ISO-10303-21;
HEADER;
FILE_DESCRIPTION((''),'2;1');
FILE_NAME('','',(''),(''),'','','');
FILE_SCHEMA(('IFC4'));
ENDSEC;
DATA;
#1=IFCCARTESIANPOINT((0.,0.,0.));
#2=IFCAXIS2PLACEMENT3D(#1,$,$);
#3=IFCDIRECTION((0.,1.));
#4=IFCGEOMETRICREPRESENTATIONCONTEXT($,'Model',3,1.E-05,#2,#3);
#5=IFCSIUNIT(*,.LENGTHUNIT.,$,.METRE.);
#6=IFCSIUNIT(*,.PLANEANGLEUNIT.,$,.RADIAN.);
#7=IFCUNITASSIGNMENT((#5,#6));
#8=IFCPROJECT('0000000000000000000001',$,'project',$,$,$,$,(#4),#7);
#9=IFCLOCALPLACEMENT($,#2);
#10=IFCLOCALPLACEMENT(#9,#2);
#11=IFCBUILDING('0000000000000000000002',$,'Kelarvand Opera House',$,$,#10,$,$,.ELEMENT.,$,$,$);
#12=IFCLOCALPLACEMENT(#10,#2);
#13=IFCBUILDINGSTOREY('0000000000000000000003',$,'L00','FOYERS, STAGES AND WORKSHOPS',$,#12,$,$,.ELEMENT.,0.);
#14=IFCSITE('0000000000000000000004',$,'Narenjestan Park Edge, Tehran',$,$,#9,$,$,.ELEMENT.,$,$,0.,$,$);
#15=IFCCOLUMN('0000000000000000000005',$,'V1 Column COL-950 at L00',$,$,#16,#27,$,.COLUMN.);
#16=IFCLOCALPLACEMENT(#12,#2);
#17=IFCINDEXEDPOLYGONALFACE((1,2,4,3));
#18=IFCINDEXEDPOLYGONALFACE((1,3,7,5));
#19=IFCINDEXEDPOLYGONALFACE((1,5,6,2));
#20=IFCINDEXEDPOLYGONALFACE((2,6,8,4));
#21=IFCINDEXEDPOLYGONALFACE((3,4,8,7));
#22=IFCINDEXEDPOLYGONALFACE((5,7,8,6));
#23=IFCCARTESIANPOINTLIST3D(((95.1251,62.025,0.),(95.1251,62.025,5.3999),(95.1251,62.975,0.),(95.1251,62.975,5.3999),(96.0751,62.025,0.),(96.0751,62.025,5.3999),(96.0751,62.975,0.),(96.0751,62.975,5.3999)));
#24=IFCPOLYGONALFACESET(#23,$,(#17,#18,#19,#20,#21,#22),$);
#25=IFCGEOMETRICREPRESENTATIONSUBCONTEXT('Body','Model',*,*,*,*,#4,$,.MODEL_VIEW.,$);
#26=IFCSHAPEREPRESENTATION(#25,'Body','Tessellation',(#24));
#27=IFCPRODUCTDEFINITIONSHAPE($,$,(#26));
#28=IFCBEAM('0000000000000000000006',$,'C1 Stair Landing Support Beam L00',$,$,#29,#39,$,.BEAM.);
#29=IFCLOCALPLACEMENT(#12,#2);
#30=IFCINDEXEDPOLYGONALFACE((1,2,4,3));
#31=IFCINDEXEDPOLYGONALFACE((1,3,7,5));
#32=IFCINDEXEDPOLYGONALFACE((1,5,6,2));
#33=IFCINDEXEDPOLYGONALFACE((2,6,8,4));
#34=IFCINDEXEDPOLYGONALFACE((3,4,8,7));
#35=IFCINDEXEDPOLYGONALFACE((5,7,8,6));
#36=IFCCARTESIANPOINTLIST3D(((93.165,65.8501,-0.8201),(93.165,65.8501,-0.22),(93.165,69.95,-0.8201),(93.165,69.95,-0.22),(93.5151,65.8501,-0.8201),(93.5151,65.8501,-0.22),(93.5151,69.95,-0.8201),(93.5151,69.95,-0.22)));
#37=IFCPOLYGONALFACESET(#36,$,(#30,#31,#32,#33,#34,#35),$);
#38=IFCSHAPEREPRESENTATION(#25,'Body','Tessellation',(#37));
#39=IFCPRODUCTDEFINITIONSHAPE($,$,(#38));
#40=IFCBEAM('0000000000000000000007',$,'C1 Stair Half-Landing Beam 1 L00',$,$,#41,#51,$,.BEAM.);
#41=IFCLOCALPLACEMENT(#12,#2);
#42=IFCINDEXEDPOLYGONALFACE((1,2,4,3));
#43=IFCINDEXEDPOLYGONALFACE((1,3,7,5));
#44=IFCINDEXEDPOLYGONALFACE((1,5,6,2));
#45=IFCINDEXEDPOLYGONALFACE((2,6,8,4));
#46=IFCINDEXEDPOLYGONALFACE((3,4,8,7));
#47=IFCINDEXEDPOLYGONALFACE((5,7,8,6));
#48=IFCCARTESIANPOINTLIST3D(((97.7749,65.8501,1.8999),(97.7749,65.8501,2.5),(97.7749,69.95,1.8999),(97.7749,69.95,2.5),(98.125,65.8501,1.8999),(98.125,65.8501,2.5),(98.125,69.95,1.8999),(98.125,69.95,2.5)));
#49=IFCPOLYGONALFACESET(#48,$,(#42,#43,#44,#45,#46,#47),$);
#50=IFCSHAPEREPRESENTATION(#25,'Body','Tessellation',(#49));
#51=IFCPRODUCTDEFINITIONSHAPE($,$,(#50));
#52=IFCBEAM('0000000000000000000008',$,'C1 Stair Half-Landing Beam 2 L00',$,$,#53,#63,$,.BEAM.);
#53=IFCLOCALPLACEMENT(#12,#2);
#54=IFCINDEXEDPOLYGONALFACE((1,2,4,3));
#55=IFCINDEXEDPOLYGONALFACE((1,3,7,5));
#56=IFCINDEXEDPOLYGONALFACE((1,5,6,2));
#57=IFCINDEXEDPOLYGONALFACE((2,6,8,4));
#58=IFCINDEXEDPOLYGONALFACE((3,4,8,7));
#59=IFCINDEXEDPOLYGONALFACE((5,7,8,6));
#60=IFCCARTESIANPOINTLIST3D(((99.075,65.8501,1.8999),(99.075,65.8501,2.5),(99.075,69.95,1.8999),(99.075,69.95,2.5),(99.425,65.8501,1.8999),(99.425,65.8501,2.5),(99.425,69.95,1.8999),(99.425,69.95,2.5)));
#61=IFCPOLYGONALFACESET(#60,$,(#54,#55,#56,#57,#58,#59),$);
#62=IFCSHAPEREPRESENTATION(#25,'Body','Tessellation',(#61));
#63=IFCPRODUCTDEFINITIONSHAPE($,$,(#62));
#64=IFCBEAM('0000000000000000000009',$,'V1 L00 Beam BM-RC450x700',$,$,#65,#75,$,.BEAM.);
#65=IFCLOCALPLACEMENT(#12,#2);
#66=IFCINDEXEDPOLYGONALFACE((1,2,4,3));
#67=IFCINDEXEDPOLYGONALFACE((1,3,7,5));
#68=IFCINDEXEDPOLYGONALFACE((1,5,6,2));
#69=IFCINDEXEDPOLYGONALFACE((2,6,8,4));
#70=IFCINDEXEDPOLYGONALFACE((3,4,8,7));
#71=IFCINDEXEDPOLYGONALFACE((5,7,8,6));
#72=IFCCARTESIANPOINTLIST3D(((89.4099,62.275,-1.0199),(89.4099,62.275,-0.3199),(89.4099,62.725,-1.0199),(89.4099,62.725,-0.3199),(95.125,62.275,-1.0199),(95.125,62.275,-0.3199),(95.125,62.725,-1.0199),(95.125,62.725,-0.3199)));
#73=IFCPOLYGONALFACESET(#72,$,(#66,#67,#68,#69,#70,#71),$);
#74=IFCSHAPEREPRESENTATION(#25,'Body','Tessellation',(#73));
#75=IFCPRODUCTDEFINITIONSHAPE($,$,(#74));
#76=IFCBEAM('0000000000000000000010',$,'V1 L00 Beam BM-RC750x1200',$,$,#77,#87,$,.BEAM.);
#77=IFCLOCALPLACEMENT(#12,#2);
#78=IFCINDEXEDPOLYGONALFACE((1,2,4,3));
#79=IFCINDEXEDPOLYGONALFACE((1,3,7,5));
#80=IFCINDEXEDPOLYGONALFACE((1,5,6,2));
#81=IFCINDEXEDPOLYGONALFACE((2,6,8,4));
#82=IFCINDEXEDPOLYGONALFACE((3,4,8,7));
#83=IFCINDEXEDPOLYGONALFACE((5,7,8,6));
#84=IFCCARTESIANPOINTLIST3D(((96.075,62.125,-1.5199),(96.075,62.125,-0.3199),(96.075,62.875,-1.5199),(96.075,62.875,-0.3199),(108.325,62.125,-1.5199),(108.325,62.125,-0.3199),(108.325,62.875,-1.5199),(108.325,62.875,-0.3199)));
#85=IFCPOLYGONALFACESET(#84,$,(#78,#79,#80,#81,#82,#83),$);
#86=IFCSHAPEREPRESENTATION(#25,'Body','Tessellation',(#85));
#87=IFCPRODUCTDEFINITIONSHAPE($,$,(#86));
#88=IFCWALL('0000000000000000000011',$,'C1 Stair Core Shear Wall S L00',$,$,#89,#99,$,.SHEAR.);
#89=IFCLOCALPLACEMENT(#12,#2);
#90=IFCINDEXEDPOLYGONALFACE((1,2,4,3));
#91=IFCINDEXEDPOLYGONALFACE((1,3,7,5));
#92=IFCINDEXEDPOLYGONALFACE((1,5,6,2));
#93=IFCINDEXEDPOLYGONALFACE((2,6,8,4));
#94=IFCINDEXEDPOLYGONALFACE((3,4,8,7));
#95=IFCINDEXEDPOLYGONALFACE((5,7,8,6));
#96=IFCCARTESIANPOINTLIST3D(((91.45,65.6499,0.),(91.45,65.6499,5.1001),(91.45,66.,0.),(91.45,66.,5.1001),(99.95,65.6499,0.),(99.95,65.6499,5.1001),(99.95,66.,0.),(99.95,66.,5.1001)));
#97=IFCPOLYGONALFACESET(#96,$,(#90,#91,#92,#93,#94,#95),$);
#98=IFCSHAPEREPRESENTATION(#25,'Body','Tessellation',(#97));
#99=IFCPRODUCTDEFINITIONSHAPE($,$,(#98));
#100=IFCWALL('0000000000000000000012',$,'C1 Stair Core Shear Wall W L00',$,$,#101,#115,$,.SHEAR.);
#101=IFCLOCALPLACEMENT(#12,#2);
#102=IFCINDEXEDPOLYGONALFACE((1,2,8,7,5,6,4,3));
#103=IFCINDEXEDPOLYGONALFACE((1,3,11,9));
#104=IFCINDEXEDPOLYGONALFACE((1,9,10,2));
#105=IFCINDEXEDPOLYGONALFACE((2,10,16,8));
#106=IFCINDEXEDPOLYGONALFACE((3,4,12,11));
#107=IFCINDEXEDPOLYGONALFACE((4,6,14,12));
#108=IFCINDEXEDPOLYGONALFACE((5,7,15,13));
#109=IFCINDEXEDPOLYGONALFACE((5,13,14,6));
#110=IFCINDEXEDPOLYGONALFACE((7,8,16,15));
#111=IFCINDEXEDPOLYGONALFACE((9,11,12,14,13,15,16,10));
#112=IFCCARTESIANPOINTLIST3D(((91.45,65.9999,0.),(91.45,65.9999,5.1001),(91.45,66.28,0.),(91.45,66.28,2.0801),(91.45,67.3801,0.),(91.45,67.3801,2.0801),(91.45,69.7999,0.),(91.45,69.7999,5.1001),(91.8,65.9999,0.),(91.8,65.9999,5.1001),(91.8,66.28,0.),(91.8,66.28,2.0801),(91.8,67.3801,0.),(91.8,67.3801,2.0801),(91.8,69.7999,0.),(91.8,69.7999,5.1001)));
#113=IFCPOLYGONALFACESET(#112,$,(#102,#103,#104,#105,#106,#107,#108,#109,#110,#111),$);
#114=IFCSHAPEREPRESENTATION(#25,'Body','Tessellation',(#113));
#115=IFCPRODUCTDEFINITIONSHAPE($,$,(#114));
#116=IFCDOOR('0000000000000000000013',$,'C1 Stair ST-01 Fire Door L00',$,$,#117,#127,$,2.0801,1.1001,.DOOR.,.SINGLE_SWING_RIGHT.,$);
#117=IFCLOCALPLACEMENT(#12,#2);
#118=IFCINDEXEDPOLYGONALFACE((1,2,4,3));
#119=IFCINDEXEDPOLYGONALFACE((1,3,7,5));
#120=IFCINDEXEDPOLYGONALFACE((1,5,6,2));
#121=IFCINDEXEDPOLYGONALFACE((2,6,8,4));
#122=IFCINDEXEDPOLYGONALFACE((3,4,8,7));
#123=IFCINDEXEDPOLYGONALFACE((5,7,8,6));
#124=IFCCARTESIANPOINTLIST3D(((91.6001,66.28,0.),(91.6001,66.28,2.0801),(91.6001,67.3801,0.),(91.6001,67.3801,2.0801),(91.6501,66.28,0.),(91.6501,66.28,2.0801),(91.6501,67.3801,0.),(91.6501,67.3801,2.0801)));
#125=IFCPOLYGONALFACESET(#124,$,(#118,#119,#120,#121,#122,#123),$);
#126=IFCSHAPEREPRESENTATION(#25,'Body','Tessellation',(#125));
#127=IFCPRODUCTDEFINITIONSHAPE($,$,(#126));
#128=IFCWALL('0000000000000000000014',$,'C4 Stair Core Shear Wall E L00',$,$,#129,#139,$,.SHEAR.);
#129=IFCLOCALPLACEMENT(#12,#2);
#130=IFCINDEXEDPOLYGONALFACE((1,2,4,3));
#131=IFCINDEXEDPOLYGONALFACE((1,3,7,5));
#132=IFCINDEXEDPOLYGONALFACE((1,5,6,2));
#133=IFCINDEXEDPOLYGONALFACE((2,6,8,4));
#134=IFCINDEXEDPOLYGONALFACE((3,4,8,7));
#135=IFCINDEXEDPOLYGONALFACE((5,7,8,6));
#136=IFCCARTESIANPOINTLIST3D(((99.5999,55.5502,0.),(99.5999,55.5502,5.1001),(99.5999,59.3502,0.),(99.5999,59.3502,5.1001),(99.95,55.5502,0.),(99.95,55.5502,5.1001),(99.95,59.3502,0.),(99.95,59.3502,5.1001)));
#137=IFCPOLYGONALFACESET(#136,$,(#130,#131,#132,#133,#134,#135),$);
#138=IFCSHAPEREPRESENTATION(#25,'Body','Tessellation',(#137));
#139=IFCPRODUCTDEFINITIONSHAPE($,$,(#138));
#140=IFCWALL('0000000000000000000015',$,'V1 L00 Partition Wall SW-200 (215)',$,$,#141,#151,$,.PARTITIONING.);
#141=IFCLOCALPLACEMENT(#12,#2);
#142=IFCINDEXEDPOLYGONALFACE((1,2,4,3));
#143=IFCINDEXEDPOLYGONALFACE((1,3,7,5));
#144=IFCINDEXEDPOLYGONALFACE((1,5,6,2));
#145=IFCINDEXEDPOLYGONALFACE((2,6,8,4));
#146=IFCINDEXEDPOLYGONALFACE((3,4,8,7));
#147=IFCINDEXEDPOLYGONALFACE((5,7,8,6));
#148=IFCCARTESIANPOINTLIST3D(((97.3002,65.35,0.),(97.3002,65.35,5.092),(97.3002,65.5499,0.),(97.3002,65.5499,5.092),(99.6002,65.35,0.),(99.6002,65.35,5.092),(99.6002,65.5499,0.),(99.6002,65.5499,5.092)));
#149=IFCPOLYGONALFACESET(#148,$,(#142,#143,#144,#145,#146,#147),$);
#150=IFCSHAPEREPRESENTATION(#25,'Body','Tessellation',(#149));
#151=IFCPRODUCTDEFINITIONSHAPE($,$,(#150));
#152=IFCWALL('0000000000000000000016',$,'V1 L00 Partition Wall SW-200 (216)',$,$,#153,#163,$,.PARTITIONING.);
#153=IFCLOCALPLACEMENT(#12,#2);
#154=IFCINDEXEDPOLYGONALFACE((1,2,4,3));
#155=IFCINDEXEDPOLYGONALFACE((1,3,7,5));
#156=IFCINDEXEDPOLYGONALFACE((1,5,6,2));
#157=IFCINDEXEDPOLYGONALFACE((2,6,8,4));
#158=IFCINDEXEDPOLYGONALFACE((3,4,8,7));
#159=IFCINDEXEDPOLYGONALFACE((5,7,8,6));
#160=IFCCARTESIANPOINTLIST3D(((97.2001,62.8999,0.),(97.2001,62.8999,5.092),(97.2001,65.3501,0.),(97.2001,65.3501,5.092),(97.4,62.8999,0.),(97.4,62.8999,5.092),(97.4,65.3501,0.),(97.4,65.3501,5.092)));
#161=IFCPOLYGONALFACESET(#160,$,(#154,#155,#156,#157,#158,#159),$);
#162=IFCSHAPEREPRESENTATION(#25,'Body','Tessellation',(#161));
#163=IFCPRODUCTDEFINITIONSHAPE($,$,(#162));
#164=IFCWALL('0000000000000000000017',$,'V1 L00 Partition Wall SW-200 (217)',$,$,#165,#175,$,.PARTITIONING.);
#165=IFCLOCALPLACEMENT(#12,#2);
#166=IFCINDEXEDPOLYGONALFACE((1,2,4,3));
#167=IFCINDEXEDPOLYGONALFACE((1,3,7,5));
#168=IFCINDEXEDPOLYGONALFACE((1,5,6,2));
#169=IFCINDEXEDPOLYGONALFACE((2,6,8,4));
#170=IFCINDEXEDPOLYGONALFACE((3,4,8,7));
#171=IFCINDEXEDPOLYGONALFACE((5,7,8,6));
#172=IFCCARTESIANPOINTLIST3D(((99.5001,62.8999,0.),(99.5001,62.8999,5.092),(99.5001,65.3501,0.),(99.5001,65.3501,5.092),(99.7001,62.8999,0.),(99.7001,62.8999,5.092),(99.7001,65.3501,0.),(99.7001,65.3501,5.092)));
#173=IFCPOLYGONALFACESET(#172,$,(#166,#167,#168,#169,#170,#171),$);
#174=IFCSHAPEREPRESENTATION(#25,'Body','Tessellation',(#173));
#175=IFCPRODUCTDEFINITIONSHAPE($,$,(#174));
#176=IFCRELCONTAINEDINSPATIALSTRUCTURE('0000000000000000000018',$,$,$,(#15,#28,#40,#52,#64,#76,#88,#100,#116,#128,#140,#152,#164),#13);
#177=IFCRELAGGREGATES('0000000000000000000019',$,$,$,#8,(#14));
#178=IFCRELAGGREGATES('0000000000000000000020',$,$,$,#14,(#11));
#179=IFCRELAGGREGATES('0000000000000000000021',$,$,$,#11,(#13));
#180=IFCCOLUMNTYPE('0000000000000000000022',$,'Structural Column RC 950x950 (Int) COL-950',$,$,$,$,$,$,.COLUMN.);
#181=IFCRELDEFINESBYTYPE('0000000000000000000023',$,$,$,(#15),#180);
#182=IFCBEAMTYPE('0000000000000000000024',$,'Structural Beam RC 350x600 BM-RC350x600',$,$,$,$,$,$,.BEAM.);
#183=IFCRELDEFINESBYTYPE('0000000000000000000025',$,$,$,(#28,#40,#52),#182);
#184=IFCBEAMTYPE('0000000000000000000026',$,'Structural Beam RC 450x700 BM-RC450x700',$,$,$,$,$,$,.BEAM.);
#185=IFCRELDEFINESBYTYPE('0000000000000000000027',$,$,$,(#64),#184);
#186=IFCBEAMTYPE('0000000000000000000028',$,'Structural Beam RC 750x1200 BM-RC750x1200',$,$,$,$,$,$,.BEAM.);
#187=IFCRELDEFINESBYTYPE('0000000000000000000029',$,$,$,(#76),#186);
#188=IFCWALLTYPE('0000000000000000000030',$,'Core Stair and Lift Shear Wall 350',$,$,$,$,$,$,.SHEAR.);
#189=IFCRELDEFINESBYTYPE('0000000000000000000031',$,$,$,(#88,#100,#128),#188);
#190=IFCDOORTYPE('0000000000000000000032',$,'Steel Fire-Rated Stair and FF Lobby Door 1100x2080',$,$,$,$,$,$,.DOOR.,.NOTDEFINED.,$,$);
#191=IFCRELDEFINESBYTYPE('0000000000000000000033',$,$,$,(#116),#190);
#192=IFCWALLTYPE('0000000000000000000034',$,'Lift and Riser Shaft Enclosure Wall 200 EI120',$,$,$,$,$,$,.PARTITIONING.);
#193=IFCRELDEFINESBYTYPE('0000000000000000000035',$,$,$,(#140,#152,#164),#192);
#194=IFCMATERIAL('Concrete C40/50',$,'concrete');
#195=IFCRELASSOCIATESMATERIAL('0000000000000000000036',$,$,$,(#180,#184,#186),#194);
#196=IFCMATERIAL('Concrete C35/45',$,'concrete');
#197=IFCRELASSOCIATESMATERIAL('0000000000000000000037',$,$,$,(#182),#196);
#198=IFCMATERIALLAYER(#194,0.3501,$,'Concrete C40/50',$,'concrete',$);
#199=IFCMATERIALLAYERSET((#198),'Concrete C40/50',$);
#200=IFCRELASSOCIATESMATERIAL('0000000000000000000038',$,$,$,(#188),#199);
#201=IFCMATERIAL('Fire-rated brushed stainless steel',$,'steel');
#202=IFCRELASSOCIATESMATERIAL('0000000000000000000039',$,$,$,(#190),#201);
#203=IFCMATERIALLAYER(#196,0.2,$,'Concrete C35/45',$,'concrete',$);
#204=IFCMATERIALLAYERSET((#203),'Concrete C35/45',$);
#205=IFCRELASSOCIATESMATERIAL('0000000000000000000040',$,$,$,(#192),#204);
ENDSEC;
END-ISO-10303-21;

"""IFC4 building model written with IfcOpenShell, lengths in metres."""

from ifc_helpers import new_model, si_unit, direction, frame, frame_2d, origin, origin_2d, place, context, subcontext, project, spatial, rectangle, extrude, material, layer, layer_set, material_profile, profile_set, type_object, element, fill, save


model = new_model("IFC4")

# Units and contexts
model_context = context("Model", 3, precision=1e-05, world=origin(), true_north=direction((0.0, 1.0)))
body_context = subcontext(model_context, "Body", "Model", "MODEL_VIEW")
ifc_project = project(units=[si_unit("LENGTHUNIT", "METRE"), si_unit("PLANEANGLEUNIT", "RADIAN")], contexts=[model_context])

# Site, building, storey
site_placement = place(None, origin())
site = spatial("IfcSite", under=ifc_project, at=site_placement, Name="Narenjestan Park Edge, Tehran", CompositionType="ELEMENT", RefElevation=0.0)
building_placement = place(site_placement, origin())
building = spatial("IfcBuilding", under=site, at=building_placement, Name="Kelarvand Opera House", CompositionType="ELEMENT")
storey_placement = place(building_placement, origin())
storey = spatial("IfcBuildingStorey", under=building, at=storey_placement, Name="L00", Description="FOYERS, STAGES AND WORKSHOPS", CompositionType="ELEMENT", Elevation=0.0)

# Column
ifc_material_1 = material(Name="Concrete C40/50", Category="concrete")
ifc_material_profile_1 = material_profile(ifc_material_1, rectangle(XDim=0.95, YDim=0.95, at=origin_2d()), Name="RC 950x950", Category="concrete")
ifc_profile_set_1 = profile_set([ifc_material_profile_1], Name="Concrete C40/50")
column_type = type_object("IfcColumnType", Name="Structural Column RC 950x950 (Int) COL-950", PredefinedType="COLUMN", material=ifc_profile_set_1)
column_placement = place(storey_placement, frame((95.6001, 62.5, 0.0), z_axis=(0.0, 0.0, 1.0), x_axis=(1.0, 0.0, 0.0)))
element("IfcColumn", 1, at=column_placement, inside=storey, type_object=column_type, Name="V1 Column COL-950 at L00", PredefinedType="COLUMN", context=body_context, shape_type="SweptSolid", body=[
    extrude(rectangle(XDim=0.95, YDim=0.95, at=origin_2d()), origin(), (0.0, 0.0, 1.0), 5.3999),
])

# Beams
ifc_material_2 = material(Name="Concrete C35/45", Category="concrete")
ifc_material_profile_2 = material_profile(ifc_material_2, rectangle(XDim=0.3501, YDim=0.6001, at=origin_2d()), Name="RC 350x600", Category="concrete")
ifc_profile_set_2 = profile_set([ifc_material_profile_2], Name="Concrete C35/45")
beam_type_1 = type_object("IfcBeamType", Name="Structural Beam RC 350x600 BM-RC350x600", PredefinedType="BEAM", material=ifc_profile_set_2)
for number, where, z_axis, x_axis, name in (
    (2, (93.3401, 65.8501, -0.52), (0.0, 1.0, 0.0), (-1.0, 0.0, 0.0), "C1 Stair Landing Support Beam L00"),
    (3, (97.95, 65.8501, 2.2), (0.0, 1.0, 0.0), (-1.0, 0.0, 0.0), "C1 Stair Half-Landing Beam 1 L00"),
    (4, (99.25, 65.8501, 2.2), (0.0, 1.0, 0.0), (-1.0, 0.0, 0.0), "C1 Stair Half-Landing Beam 2 L00"),
):
    element("IfcBeam", number, at=place(storey_placement, frame(where, z_axis=z_axis, x_axis=x_axis)), inside=storey, type_object=beam_type_1, Name=name, PredefinedType="BEAM", context=body_context, shape_type="SweptSolid", body=[
        extrude(rectangle(XDim=0.3501, YDim=0.6001, at=origin_2d()), origin(), (0.0, 0.0, 1.0), 4.0999),
    ])
ifc_material_profile_3 = material_profile(ifc_material_1, rectangle(XDim=0.45, YDim=0.7, at=origin_2d()), Name="RC 450x700", Category="concrete")
ifc_profile_set_3 = profile_set([ifc_material_profile_3], Name="Concrete C40/50")
beam_type_2 = type_object("IfcBeamType", Name="Structural Beam RC 450x700 BM-RC450x700", PredefinedType="BEAM", material=ifc_profile_set_3)
beam_1_placement = place(storey_placement, frame((89.4099, 62.5, -0.6699), z_axis=(1.0, 0.0, 0.0), x_axis=(0.0, 1.0, 0.0)))
element("IfcBeam", 5, at=beam_1_placement, inside=storey, type_object=beam_type_2, Name="V1 L00 Beam BM-RC450x700", PredefinedType="BEAM", context=body_context, shape_type="SweptSolid", body=[
    extrude(rectangle(XDim=0.45, YDim=0.7, at=origin_2d()), origin(), (0.0, 0.0, 1.0), 5.7151),
])
ifc_material_profile_4 = material_profile(ifc_material_1, rectangle(XDim=0.75, YDim=1.2, at=origin_2d()), Name="RC 750x1200", Category="concrete")
ifc_profile_set_4 = profile_set([ifc_material_profile_4], Name="Concrete C40/50")
beam_type_3 = type_object("IfcBeamType", Name="Structural Beam RC 750x1200 BM-RC750x1200", PredefinedType="BEAM", material=ifc_profile_set_4)
beam_2_placement = place(storey_placement, frame((96.075, 62.5, -0.9199), z_axis=(1.0, 0.0, 0.0), x_axis=(0.0, 1.0, 0.0)))
element("IfcBeam", 6, at=beam_2_placement, inside=storey, type_object=beam_type_3, Name="V1 L00 Beam BM-RC750x1200", PredefinedType="BEAM", context=body_context, shape_type="SweptSolid", body=[
    extrude(rectangle(XDim=0.75, YDim=1.2, at=origin_2d()), origin(), (0.0, 0.0, 1.0), 12.25),
])

# Wall
ifc_layer_1 = layer(ifc_material_1, 0.3501, Name="Concrete C40/50", Category="concrete")
ifc_layer_set_1 = layer_set([ifc_layer_1], Name="Concrete C40/50")
wall_type_1 = type_object("IfcWallType", Name="Core Stair and Lift Shear Wall 350", PredefinedType="SHEAR", material=ifc_layer_set_1)
wall_1_placement = place(storey_placement, frame((91.45, 65.825, 0.0), z_axis=(0.0, 0.0, 1.0), x_axis=(1.0, 0.0, 0.0)))
element("IfcWall", 7, at=wall_1_placement, inside=storey, type_object=wall_type_1, Name="C1 Stair Core Shear Wall S L00", PredefinedType="SHEAR", context=body_context, shape_type="SweptSolid", body=[
    extrude(rectangle(XDim=8.5, YDim=0.3501, at=frame_2d((4.25, 0.0))), origin(), (0.0, 0.0, 1.0), 5.1001),
])

# Wall, opening, door
wall_2_placement = place(storey_placement, frame((91.625, 66.0, 0.0), z_axis=(0.0, 0.0, 1.0), x_axis=(0.0, 1.0, 0.0)))
wall_2 = element("IfcWall", 8, at=wall_2_placement, inside=storey, type_object=wall_type_1, Name="C1 Stair Core Shear Wall W L00", PredefinedType="SHEAR", context=body_context, shape_type="SweptSolid", body=[
    extrude(rectangle(XDim=3.8, YDim=0.3501, at=frame_2d((1.8999, 0.0))), origin(), (0.0, 0.0, 1.0), 5.1001),
])
opening_1_placement = place(wall_2_placement, frame((0.28, 0.0, 0.0)))
opening_1 = element("IfcOpeningElement", 9, at=opening_1_placement, cuts=wall_2, PredefinedType="OPENING", context=body_context, shape_type="SweptSolid", body=[
    extrude(rectangle(XDim=1.1001, YDim=2.0801, at=frame_2d((0.55, 1.04))), frame((0.0, 0.1851, 0.0), z_axis=(0.0, -1.0, 0.0), x_axis=(1.0, 0.0, 0.0)), (0.0, 0.0, 1.0), 0.3701),
])
ifc_material_3 = material(Name="Fire-rated brushed stainless steel", Category="steel")
door_type_1 = type_object("IfcDoorType", Name="Steel Fire-Rated Stair and FF Lobby Door 1100x2080", OperationType="NOTDEFINED", PredefinedType="DOOR", material=ifc_material_3)
door_1_placement = place(opening_1_placement, origin())
door_1 = element("IfcDoor", 10, at=door_1_placement, inside=storey, type_object=door_type_1, Name="C1 Stair ST-01 Fire Door L00", OperationType="SINGLE_SWING_RIGHT", OverallHeight=2.0801, OverallWidth=1.1001, PredefinedType="DOOR", context=body_context, shape_type="SweptSolid", body=[
    extrude(rectangle(XDim=1.1001, YDim=2.0801, at=frame_2d((0.55, 1.04))), frame((0.0, 0.0249, 0.0), z_axis=(0.0, -1.0, 0.0), x_axis=(1.0, 0.0, 0.0)), (0.0, 0.0, 1.0), 0.05),
])
fill(opening_1, door_1)

# Wall
wall_3_placement = place(storey_placement, frame((99.7749, 59.3501, 0.0), z_axis=(0.0, 0.0, 1.0), x_axis=(0.0, -1.0, 0.0)))
element("IfcWall", 11, at=wall_3_placement, inside=storey, type_object=wall_type_1, Name="C4 Stair Core Shear Wall E L00", PredefinedType="SHEAR", context=body_context, shape_type="SweptSolid", body=[
    extrude(rectangle(XDim=3.8, YDim=0.3501, at=frame_2d((1.8999, 0.0))), origin(), (0.0, 0.0, 1.0), 5.1001),
])

# Shared definitions
ifc_layer_2 = layer(ifc_material_2, 0.2, Name="Concrete C35/45", Category="concrete")
ifc_layer_set_2 = layer_set([ifc_layer_2], Name="Concrete C35/45")
wall_type_2 = type_object("IfcWallType", Name="Lift and Riser Shaft Enclosure Wall 200 EI120", PredefinedType="PARTITIONING", material=ifc_layer_set_2)

# Walls
wall_4_placement = place(storey_placement, frame((99.6001, 65.45, 0.0), z_axis=(0.0, 0.0, 1.0), x_axis=(-1.0, 0.0, 0.0)))
element("IfcWall", 12, at=wall_4_placement, inside=storey, type_object=wall_type_2, Name="V1 L00 Partition Wall SW-200 (215)", PredefinedType="PARTITIONING", context=body_context, shape_type="SweptSolid", body=[
    extrude(rectangle(XDim=2.3, YDim=0.2, at=frame_2d((1.1499, 0.0))), origin(), (0.0, 0.0, 1.0), 5.092),
])
for number, where, z_axis, x_axis, name in (
    (13, (97.3, 62.8999, 0.0), (0.0, 0.0, 1.0), (0.0, 1.0, 0.0), "V1 L00 Partition Wall SW-200 (216)"),
    (14, (99.6001, 65.3501, 0.0), (0.0, 0.0, 1.0), (0.0, -1.0, 0.0), "V1 L00 Partition Wall SW-200 (217)"),
):
    element("IfcWall", number, at=place(storey_placement, frame(where, z_axis=z_axis, x_axis=x_axis)), inside=storey, type_object=wall_type_2, Name=name, PredefinedType="PARTITIONING", context=body_context, shape_type="SweptSolid", body=[
        extrude(rectangle(XDim=2.4502, YDim=0.2, at=frame_2d((1.2251, 0.0))), origin(), (0.0, 0.0, 1.0), 5.092),
    ])

save(model, "model.ifc")
